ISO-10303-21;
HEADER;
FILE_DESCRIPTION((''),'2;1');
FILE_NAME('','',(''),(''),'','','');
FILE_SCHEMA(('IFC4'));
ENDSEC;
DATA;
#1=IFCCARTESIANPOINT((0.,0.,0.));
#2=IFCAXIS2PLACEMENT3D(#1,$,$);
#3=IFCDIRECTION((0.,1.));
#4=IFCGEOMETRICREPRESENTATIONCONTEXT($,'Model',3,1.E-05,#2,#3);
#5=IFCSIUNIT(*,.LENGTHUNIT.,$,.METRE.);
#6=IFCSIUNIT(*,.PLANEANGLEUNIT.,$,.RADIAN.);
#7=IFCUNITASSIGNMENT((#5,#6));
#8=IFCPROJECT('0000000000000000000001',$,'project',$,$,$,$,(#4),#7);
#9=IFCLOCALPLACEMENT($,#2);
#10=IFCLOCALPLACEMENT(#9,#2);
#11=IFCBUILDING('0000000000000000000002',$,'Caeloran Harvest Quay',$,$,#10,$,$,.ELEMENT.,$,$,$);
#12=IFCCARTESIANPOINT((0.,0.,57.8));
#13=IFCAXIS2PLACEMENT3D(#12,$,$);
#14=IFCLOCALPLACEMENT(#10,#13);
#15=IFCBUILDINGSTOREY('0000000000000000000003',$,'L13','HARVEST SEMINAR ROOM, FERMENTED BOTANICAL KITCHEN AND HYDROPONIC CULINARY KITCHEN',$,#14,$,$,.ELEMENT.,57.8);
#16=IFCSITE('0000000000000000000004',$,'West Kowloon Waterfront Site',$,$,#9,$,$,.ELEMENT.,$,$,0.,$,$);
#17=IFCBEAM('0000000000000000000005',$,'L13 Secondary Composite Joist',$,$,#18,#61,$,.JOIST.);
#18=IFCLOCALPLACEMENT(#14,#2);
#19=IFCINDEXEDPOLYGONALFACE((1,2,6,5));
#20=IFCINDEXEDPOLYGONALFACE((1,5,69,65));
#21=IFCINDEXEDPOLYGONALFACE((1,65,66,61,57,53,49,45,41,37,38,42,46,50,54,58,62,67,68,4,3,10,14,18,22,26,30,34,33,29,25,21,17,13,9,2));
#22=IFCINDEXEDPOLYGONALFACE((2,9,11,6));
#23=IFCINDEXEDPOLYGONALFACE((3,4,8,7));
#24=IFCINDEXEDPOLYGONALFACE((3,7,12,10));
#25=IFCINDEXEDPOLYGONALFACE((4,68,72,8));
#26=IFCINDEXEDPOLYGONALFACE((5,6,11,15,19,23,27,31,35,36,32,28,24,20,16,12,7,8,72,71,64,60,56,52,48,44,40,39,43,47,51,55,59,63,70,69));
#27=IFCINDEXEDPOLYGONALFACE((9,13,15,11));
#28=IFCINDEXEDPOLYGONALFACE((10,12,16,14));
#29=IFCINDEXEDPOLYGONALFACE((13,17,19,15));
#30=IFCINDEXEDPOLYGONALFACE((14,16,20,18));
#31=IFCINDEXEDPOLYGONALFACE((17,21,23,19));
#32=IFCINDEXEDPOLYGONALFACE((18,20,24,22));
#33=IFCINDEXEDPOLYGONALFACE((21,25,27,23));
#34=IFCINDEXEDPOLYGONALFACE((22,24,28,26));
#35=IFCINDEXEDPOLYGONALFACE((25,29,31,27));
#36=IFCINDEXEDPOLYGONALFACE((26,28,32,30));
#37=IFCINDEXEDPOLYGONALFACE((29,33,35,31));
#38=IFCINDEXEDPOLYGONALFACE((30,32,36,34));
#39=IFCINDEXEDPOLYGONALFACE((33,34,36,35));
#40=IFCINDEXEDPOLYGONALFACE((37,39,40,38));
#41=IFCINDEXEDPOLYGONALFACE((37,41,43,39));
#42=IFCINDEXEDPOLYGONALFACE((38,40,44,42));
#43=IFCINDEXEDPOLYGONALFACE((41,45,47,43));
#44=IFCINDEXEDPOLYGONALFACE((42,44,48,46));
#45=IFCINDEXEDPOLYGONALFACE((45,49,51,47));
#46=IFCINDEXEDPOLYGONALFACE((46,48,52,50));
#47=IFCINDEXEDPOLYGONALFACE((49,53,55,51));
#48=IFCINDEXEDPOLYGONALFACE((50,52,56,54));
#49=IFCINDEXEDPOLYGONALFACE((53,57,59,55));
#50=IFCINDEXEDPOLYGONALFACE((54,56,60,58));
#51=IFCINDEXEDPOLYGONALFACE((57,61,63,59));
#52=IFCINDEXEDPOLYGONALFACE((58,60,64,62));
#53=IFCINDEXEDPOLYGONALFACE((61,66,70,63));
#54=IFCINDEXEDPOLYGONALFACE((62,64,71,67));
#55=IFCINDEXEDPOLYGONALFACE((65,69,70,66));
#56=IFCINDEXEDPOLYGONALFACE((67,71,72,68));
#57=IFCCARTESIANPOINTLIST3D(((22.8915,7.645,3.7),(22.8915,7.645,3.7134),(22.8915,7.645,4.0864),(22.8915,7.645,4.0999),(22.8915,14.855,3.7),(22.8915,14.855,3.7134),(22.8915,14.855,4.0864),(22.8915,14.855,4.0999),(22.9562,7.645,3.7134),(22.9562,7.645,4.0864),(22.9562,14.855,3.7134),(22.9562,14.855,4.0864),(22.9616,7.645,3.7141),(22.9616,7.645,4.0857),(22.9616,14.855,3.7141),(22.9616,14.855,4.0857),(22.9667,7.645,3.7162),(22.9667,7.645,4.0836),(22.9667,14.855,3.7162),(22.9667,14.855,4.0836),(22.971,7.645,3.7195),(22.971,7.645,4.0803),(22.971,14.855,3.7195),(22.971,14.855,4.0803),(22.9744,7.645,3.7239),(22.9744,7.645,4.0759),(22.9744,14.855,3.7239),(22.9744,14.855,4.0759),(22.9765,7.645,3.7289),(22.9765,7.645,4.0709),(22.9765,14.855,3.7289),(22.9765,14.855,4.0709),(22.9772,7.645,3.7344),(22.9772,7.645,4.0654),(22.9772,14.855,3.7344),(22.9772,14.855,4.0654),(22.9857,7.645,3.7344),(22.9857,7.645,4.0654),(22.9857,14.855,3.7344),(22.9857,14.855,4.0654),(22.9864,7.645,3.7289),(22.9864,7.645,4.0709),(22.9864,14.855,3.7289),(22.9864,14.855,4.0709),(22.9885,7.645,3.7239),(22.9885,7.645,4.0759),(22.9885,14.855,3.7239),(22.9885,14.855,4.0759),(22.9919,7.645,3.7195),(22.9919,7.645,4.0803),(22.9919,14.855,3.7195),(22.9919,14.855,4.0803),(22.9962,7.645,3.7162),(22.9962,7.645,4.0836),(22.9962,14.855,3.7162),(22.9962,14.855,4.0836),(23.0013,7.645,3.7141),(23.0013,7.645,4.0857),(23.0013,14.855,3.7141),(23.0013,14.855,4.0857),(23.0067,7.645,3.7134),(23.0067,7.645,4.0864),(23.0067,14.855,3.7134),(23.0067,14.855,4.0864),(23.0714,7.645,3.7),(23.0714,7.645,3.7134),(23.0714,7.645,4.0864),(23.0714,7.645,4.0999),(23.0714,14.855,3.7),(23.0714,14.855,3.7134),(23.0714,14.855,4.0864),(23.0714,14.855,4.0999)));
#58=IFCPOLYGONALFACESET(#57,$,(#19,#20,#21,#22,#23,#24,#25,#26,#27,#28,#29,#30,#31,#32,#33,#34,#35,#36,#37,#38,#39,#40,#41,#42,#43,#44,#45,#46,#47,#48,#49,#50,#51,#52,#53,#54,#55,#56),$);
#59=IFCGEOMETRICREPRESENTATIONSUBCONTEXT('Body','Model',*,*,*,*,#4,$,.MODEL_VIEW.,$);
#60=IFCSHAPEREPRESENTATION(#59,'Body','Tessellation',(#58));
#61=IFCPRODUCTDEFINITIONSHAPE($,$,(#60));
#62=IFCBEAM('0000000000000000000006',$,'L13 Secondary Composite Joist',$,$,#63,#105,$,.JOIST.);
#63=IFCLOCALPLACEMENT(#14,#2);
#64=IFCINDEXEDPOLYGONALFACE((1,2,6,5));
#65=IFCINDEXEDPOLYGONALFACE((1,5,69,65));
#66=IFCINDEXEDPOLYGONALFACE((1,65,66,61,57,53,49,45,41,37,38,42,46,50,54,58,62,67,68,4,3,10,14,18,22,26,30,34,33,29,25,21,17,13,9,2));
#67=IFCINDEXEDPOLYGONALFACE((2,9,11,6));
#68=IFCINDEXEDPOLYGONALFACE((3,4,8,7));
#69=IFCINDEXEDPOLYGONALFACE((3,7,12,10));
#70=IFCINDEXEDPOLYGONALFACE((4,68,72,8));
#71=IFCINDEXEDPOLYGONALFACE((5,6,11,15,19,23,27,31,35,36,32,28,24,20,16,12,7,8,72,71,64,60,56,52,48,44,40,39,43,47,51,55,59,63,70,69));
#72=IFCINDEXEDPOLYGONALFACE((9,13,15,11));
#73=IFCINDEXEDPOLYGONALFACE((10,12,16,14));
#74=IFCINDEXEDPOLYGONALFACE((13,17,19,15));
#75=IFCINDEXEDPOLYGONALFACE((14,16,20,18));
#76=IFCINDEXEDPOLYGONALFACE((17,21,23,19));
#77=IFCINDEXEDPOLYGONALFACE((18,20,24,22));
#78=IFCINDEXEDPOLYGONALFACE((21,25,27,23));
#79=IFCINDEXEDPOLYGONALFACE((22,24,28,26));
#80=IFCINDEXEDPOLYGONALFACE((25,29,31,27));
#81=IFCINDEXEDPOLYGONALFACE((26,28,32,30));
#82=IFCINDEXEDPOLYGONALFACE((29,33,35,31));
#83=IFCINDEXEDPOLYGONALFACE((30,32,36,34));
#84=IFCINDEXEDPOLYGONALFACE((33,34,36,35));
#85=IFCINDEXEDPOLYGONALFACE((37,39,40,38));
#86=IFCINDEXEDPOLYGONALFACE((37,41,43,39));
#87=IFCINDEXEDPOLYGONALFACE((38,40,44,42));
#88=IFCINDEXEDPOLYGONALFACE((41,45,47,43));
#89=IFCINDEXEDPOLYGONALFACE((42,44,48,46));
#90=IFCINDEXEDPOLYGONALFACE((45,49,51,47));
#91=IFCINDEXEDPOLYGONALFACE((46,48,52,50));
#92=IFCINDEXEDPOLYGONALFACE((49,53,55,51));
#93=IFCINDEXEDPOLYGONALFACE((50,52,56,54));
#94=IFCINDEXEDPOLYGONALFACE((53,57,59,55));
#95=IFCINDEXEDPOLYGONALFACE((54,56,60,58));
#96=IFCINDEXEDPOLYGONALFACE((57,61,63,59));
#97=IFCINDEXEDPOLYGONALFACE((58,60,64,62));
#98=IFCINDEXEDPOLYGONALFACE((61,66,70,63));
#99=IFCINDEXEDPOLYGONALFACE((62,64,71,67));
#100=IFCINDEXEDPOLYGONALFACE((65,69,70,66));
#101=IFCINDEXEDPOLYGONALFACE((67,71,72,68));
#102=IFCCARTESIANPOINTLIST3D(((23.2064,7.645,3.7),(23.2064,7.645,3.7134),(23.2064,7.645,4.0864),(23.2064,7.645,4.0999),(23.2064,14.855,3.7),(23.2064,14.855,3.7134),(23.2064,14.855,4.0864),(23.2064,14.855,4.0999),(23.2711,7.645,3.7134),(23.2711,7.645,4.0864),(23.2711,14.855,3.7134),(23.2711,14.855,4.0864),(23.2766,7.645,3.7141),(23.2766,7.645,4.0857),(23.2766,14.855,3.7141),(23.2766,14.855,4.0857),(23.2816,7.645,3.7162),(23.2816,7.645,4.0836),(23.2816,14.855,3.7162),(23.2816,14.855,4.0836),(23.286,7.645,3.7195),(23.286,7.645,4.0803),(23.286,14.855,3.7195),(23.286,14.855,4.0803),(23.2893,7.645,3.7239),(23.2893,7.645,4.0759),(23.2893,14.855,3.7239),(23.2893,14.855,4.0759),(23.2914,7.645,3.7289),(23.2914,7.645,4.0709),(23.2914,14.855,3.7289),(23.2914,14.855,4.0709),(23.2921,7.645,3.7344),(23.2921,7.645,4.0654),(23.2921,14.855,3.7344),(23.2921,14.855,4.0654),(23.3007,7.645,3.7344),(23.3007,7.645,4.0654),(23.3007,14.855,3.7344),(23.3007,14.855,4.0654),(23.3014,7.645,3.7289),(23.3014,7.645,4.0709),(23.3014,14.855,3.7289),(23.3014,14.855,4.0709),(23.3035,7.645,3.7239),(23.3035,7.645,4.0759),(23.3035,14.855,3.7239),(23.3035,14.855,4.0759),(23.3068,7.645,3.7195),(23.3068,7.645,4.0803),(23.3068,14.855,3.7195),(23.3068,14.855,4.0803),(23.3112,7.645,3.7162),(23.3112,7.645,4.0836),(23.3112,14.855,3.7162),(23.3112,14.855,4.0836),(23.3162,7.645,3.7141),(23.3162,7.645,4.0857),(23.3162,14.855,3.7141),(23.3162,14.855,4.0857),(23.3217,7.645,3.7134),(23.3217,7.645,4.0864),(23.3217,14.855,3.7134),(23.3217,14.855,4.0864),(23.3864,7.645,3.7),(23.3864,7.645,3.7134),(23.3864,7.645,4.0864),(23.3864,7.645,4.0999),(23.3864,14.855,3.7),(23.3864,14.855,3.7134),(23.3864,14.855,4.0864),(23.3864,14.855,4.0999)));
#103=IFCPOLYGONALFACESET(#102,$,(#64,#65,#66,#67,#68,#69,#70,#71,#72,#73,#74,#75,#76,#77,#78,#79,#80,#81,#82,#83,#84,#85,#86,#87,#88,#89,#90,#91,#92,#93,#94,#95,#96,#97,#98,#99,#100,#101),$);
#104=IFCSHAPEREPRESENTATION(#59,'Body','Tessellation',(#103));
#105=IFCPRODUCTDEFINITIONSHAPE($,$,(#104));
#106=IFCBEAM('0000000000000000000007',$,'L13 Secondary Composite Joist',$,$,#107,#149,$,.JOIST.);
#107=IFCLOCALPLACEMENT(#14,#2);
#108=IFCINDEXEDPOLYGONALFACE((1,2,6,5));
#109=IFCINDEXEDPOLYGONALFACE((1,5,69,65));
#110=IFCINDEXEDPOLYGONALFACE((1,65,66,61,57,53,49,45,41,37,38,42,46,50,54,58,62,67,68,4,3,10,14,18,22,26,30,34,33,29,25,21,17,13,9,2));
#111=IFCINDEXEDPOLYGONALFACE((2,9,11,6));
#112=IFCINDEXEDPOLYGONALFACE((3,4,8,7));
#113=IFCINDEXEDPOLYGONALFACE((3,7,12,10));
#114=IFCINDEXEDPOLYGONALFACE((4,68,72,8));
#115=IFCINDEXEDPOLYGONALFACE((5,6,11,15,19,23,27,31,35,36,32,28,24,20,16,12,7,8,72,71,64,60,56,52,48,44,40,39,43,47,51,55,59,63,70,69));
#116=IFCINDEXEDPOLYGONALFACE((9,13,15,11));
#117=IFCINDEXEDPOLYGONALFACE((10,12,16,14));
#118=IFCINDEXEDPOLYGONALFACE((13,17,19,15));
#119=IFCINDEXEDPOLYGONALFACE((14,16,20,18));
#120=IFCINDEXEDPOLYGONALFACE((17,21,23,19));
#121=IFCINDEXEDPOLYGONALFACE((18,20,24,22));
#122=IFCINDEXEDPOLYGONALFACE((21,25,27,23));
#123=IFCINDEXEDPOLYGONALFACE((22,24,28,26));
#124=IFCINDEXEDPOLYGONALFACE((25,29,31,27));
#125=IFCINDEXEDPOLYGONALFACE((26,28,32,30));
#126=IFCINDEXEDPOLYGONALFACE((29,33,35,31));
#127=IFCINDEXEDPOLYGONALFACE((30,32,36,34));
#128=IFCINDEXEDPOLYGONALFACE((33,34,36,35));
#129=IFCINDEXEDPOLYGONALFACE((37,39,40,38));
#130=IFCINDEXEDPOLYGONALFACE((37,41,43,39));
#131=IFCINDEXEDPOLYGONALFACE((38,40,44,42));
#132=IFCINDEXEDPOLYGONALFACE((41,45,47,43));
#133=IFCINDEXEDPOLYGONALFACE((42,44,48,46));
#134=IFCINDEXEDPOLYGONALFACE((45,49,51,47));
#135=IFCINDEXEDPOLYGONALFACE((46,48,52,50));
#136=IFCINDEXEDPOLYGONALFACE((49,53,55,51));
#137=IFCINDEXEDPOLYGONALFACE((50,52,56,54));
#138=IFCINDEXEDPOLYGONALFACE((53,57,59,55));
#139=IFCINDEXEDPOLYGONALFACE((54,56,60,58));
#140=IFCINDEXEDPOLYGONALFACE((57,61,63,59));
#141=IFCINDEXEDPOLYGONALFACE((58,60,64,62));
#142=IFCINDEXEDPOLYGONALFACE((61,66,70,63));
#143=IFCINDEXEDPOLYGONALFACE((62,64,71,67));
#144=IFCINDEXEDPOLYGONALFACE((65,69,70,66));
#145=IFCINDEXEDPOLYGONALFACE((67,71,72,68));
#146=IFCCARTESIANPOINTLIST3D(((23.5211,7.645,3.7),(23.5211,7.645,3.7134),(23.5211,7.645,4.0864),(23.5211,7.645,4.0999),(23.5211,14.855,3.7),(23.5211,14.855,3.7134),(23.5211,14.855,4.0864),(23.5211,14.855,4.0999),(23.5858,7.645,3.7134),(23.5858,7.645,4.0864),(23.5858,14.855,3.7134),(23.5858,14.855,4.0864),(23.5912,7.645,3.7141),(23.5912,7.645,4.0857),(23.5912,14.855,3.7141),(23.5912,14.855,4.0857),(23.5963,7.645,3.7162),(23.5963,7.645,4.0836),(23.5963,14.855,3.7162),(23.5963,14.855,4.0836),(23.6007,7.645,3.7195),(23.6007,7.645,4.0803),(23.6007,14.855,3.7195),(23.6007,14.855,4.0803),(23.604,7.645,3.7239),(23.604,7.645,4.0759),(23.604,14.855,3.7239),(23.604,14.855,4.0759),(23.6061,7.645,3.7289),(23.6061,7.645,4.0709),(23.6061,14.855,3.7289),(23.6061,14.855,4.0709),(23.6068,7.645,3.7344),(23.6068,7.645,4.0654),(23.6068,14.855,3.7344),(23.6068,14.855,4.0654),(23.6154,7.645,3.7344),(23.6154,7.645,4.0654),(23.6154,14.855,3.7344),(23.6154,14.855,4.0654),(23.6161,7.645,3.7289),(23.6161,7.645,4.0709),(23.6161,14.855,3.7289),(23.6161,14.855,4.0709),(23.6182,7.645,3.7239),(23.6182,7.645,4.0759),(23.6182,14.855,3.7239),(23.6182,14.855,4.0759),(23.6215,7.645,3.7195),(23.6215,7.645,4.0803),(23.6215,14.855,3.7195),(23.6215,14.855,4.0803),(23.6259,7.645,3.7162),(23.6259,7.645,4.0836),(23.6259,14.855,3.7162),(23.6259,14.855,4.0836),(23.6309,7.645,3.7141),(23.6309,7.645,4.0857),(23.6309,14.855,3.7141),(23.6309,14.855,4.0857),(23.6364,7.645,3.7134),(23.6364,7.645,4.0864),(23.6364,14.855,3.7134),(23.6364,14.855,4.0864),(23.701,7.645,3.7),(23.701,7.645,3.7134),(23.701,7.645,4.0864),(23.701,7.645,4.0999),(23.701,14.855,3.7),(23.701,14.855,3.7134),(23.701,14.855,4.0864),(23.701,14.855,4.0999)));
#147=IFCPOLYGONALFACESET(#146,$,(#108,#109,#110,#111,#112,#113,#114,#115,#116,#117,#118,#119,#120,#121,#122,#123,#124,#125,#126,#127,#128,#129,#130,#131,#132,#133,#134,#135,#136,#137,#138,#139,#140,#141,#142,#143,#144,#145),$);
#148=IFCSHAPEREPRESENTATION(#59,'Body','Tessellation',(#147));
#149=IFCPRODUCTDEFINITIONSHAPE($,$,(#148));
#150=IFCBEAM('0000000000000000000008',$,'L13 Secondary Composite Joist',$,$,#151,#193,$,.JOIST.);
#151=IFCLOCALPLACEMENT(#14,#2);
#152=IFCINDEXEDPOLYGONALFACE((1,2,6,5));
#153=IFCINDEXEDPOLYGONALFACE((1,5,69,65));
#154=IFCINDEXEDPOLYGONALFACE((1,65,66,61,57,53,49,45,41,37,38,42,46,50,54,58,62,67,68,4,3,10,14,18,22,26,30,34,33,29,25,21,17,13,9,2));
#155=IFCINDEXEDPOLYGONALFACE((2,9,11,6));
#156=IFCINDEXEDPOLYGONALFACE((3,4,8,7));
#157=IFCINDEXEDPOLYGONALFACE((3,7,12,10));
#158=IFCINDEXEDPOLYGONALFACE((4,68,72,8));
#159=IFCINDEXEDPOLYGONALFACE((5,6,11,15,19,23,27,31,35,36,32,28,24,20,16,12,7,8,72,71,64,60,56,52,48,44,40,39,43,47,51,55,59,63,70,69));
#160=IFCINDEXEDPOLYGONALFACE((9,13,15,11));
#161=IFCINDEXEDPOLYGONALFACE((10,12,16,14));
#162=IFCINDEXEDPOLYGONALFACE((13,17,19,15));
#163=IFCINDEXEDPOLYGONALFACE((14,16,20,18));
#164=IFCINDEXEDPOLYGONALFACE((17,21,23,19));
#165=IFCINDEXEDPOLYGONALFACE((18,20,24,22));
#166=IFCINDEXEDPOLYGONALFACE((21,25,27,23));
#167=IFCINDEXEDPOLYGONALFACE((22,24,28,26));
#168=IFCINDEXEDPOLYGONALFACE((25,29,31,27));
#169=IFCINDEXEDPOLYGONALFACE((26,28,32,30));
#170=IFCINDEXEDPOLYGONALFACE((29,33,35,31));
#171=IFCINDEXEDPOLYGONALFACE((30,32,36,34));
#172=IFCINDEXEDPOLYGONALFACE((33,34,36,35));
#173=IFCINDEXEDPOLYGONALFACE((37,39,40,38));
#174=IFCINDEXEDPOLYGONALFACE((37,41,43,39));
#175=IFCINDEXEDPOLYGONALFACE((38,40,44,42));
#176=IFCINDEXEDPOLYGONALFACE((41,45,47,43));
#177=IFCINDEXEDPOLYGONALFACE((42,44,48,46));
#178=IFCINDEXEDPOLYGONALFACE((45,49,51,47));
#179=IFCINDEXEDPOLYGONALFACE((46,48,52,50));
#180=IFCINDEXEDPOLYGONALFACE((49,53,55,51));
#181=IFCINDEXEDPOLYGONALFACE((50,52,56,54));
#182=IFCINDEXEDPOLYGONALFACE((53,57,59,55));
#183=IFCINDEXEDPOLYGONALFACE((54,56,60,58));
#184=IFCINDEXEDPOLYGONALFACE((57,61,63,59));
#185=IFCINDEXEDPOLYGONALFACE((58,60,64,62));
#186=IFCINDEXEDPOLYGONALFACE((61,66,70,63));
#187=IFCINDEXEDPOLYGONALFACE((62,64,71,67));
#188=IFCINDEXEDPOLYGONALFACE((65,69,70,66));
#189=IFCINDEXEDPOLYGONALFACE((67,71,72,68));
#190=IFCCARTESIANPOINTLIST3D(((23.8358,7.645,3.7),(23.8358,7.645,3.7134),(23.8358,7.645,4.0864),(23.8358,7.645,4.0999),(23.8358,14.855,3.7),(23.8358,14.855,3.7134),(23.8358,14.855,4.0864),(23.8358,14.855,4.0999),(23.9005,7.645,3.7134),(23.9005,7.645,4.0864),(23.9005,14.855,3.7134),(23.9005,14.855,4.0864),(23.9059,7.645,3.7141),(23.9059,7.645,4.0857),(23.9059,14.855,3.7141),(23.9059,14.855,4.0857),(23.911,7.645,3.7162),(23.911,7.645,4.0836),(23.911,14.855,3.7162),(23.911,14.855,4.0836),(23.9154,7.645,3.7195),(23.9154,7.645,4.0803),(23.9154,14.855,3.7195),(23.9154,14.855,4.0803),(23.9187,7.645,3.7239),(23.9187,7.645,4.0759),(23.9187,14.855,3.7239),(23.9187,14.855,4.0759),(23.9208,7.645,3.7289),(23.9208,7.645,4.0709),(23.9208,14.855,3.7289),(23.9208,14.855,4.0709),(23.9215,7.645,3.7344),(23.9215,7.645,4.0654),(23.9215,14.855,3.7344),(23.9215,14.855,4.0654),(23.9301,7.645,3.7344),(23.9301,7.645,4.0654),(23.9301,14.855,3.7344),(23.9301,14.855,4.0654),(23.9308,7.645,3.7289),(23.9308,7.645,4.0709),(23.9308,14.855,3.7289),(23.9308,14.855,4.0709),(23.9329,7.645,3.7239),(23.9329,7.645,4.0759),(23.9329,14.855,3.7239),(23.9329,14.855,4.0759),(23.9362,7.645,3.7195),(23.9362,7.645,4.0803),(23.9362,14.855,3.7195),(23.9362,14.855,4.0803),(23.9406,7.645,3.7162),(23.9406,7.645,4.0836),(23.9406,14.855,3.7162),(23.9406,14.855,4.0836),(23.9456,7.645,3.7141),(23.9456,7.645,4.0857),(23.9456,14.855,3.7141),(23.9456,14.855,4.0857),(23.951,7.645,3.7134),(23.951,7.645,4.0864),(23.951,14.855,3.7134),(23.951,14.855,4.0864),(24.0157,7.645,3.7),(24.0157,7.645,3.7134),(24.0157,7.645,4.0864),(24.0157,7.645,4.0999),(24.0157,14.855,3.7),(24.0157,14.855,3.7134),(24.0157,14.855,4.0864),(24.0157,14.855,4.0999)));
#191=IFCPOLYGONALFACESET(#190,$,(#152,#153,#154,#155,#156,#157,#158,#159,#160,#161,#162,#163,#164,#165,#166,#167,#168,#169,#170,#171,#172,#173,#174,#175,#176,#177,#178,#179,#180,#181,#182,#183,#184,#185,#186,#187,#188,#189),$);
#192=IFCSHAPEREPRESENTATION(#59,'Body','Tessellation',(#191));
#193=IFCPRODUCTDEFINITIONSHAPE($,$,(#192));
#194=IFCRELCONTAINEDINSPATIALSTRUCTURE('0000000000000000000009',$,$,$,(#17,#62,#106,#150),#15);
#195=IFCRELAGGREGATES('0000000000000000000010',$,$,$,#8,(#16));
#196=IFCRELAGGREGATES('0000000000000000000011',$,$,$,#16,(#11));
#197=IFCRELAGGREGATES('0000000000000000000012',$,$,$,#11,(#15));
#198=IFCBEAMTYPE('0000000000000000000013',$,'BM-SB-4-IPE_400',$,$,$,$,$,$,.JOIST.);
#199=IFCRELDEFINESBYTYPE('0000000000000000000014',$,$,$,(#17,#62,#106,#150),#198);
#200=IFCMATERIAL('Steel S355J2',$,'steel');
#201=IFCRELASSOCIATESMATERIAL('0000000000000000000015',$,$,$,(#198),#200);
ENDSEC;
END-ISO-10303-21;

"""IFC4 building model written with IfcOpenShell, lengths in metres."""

from ifc_helpers import new_model, si_unit, direction, frame, origin, origin_2d, place, context, subcontext, project, spatial, i_section, extrude, material, material_profile, profile_set, type_object, element, save


model = new_model("IFC4")

# Units and contexts
model_context = context("Model", 3, precision=1e-05, world=origin(), true_north=direction((0.0, 1.0)))
body_context = subcontext(model_context, "Body", "Model", "MODEL_VIEW")
ifc_project = project(units=[si_unit("LENGTHUNIT", "METRE"), si_unit("PLANEANGLEUNIT", "RADIAN")], contexts=[model_context])

# Site, building, storey
site_placement = place(None, origin())
site = spatial("IfcSite", under=ifc_project, at=site_placement, Name="West Kowloon Waterfront Site", CompositionType="ELEMENT", RefElevation=0.0)
building_placement = place(site_placement, origin())
building = spatial("IfcBuilding", under=site, at=building_placement, Name="Caeloran Harvest Quay", CompositionType="ELEMENT")
storey_placement = place(building_placement, frame((0.0, 0.0, 57.8)))
storey = spatial("IfcBuildingStorey", under=building, at=storey_placement, Name="L13", Description="HARVEST SEMINAR ROOM, FERMENTED BOTANICAL KITCHEN AND HYDROPONIC CULINARY KITCHEN", CompositionType="ELEMENT", Elevation=57.8)

# Beams
ifc_material_1 = material(Name="Steel S355J2", Category="steel")
ifc_material_profile_1 = material_profile(ifc_material_1, i_section(OverallWidth=0.1799, OverallDepth=0.3999, WebThickness=0.0085, FlangeThickness=0.0134, FilletRadius=0.021, at=origin_2d()), Name="IPE 400")
ifc_profile_set_1 = profile_set([ifc_material_profile_1], Name="Steel S355J2")
beam_type_1 = type_object("IfcBeamType", Name="BM-SB-4-IPE_400", PredefinedType="JOIST", material=ifc_profile_set_1)
for number, where, z_axis, x_axis, name in (
    (1, (22.9814, 7.645, 3.8999), (0.0, 1.0, 0.0), (-1.0, 0.0, 0.0), "L13 Secondary Composite Joist"),
    (2, (23.2964, 7.645, 3.8999), (0.0, 1.0, 0.0), (-1.0, 0.0, 0.0), "L13 Secondary Composite Joist"),
    (3, (23.6111, 7.645, 3.8999), (0.0, 1.0, 0.0), (-1.0, 0.0, 0.0), "L13 Secondary Composite Joist"),
    (4, (23.9258, 7.645, 3.8999), (0.0, 1.0, 0.0), (-1.0, 0.0, 0.0), "L13 Secondary Composite Joist"),
):
    element("IfcBeam", number, at=place(storey_placement, frame(where, z_axis=z_axis, x_axis=x_axis)), inside=storey, type_object=beam_type_1, Name=name, PredefinedType="JOIST", context=body_context, shape_type="SweptSolid", body=[
        extrude(i_section(OverallWidth=0.1799, OverallDepth=0.3999, WebThickness=0.0085, FlangeThickness=0.0134, FilletRadius=0.021, at=origin_2d()), origin(), (0.0, 0.0, 1.0), 7.21),
    ])

save(model, "model.ifc")
